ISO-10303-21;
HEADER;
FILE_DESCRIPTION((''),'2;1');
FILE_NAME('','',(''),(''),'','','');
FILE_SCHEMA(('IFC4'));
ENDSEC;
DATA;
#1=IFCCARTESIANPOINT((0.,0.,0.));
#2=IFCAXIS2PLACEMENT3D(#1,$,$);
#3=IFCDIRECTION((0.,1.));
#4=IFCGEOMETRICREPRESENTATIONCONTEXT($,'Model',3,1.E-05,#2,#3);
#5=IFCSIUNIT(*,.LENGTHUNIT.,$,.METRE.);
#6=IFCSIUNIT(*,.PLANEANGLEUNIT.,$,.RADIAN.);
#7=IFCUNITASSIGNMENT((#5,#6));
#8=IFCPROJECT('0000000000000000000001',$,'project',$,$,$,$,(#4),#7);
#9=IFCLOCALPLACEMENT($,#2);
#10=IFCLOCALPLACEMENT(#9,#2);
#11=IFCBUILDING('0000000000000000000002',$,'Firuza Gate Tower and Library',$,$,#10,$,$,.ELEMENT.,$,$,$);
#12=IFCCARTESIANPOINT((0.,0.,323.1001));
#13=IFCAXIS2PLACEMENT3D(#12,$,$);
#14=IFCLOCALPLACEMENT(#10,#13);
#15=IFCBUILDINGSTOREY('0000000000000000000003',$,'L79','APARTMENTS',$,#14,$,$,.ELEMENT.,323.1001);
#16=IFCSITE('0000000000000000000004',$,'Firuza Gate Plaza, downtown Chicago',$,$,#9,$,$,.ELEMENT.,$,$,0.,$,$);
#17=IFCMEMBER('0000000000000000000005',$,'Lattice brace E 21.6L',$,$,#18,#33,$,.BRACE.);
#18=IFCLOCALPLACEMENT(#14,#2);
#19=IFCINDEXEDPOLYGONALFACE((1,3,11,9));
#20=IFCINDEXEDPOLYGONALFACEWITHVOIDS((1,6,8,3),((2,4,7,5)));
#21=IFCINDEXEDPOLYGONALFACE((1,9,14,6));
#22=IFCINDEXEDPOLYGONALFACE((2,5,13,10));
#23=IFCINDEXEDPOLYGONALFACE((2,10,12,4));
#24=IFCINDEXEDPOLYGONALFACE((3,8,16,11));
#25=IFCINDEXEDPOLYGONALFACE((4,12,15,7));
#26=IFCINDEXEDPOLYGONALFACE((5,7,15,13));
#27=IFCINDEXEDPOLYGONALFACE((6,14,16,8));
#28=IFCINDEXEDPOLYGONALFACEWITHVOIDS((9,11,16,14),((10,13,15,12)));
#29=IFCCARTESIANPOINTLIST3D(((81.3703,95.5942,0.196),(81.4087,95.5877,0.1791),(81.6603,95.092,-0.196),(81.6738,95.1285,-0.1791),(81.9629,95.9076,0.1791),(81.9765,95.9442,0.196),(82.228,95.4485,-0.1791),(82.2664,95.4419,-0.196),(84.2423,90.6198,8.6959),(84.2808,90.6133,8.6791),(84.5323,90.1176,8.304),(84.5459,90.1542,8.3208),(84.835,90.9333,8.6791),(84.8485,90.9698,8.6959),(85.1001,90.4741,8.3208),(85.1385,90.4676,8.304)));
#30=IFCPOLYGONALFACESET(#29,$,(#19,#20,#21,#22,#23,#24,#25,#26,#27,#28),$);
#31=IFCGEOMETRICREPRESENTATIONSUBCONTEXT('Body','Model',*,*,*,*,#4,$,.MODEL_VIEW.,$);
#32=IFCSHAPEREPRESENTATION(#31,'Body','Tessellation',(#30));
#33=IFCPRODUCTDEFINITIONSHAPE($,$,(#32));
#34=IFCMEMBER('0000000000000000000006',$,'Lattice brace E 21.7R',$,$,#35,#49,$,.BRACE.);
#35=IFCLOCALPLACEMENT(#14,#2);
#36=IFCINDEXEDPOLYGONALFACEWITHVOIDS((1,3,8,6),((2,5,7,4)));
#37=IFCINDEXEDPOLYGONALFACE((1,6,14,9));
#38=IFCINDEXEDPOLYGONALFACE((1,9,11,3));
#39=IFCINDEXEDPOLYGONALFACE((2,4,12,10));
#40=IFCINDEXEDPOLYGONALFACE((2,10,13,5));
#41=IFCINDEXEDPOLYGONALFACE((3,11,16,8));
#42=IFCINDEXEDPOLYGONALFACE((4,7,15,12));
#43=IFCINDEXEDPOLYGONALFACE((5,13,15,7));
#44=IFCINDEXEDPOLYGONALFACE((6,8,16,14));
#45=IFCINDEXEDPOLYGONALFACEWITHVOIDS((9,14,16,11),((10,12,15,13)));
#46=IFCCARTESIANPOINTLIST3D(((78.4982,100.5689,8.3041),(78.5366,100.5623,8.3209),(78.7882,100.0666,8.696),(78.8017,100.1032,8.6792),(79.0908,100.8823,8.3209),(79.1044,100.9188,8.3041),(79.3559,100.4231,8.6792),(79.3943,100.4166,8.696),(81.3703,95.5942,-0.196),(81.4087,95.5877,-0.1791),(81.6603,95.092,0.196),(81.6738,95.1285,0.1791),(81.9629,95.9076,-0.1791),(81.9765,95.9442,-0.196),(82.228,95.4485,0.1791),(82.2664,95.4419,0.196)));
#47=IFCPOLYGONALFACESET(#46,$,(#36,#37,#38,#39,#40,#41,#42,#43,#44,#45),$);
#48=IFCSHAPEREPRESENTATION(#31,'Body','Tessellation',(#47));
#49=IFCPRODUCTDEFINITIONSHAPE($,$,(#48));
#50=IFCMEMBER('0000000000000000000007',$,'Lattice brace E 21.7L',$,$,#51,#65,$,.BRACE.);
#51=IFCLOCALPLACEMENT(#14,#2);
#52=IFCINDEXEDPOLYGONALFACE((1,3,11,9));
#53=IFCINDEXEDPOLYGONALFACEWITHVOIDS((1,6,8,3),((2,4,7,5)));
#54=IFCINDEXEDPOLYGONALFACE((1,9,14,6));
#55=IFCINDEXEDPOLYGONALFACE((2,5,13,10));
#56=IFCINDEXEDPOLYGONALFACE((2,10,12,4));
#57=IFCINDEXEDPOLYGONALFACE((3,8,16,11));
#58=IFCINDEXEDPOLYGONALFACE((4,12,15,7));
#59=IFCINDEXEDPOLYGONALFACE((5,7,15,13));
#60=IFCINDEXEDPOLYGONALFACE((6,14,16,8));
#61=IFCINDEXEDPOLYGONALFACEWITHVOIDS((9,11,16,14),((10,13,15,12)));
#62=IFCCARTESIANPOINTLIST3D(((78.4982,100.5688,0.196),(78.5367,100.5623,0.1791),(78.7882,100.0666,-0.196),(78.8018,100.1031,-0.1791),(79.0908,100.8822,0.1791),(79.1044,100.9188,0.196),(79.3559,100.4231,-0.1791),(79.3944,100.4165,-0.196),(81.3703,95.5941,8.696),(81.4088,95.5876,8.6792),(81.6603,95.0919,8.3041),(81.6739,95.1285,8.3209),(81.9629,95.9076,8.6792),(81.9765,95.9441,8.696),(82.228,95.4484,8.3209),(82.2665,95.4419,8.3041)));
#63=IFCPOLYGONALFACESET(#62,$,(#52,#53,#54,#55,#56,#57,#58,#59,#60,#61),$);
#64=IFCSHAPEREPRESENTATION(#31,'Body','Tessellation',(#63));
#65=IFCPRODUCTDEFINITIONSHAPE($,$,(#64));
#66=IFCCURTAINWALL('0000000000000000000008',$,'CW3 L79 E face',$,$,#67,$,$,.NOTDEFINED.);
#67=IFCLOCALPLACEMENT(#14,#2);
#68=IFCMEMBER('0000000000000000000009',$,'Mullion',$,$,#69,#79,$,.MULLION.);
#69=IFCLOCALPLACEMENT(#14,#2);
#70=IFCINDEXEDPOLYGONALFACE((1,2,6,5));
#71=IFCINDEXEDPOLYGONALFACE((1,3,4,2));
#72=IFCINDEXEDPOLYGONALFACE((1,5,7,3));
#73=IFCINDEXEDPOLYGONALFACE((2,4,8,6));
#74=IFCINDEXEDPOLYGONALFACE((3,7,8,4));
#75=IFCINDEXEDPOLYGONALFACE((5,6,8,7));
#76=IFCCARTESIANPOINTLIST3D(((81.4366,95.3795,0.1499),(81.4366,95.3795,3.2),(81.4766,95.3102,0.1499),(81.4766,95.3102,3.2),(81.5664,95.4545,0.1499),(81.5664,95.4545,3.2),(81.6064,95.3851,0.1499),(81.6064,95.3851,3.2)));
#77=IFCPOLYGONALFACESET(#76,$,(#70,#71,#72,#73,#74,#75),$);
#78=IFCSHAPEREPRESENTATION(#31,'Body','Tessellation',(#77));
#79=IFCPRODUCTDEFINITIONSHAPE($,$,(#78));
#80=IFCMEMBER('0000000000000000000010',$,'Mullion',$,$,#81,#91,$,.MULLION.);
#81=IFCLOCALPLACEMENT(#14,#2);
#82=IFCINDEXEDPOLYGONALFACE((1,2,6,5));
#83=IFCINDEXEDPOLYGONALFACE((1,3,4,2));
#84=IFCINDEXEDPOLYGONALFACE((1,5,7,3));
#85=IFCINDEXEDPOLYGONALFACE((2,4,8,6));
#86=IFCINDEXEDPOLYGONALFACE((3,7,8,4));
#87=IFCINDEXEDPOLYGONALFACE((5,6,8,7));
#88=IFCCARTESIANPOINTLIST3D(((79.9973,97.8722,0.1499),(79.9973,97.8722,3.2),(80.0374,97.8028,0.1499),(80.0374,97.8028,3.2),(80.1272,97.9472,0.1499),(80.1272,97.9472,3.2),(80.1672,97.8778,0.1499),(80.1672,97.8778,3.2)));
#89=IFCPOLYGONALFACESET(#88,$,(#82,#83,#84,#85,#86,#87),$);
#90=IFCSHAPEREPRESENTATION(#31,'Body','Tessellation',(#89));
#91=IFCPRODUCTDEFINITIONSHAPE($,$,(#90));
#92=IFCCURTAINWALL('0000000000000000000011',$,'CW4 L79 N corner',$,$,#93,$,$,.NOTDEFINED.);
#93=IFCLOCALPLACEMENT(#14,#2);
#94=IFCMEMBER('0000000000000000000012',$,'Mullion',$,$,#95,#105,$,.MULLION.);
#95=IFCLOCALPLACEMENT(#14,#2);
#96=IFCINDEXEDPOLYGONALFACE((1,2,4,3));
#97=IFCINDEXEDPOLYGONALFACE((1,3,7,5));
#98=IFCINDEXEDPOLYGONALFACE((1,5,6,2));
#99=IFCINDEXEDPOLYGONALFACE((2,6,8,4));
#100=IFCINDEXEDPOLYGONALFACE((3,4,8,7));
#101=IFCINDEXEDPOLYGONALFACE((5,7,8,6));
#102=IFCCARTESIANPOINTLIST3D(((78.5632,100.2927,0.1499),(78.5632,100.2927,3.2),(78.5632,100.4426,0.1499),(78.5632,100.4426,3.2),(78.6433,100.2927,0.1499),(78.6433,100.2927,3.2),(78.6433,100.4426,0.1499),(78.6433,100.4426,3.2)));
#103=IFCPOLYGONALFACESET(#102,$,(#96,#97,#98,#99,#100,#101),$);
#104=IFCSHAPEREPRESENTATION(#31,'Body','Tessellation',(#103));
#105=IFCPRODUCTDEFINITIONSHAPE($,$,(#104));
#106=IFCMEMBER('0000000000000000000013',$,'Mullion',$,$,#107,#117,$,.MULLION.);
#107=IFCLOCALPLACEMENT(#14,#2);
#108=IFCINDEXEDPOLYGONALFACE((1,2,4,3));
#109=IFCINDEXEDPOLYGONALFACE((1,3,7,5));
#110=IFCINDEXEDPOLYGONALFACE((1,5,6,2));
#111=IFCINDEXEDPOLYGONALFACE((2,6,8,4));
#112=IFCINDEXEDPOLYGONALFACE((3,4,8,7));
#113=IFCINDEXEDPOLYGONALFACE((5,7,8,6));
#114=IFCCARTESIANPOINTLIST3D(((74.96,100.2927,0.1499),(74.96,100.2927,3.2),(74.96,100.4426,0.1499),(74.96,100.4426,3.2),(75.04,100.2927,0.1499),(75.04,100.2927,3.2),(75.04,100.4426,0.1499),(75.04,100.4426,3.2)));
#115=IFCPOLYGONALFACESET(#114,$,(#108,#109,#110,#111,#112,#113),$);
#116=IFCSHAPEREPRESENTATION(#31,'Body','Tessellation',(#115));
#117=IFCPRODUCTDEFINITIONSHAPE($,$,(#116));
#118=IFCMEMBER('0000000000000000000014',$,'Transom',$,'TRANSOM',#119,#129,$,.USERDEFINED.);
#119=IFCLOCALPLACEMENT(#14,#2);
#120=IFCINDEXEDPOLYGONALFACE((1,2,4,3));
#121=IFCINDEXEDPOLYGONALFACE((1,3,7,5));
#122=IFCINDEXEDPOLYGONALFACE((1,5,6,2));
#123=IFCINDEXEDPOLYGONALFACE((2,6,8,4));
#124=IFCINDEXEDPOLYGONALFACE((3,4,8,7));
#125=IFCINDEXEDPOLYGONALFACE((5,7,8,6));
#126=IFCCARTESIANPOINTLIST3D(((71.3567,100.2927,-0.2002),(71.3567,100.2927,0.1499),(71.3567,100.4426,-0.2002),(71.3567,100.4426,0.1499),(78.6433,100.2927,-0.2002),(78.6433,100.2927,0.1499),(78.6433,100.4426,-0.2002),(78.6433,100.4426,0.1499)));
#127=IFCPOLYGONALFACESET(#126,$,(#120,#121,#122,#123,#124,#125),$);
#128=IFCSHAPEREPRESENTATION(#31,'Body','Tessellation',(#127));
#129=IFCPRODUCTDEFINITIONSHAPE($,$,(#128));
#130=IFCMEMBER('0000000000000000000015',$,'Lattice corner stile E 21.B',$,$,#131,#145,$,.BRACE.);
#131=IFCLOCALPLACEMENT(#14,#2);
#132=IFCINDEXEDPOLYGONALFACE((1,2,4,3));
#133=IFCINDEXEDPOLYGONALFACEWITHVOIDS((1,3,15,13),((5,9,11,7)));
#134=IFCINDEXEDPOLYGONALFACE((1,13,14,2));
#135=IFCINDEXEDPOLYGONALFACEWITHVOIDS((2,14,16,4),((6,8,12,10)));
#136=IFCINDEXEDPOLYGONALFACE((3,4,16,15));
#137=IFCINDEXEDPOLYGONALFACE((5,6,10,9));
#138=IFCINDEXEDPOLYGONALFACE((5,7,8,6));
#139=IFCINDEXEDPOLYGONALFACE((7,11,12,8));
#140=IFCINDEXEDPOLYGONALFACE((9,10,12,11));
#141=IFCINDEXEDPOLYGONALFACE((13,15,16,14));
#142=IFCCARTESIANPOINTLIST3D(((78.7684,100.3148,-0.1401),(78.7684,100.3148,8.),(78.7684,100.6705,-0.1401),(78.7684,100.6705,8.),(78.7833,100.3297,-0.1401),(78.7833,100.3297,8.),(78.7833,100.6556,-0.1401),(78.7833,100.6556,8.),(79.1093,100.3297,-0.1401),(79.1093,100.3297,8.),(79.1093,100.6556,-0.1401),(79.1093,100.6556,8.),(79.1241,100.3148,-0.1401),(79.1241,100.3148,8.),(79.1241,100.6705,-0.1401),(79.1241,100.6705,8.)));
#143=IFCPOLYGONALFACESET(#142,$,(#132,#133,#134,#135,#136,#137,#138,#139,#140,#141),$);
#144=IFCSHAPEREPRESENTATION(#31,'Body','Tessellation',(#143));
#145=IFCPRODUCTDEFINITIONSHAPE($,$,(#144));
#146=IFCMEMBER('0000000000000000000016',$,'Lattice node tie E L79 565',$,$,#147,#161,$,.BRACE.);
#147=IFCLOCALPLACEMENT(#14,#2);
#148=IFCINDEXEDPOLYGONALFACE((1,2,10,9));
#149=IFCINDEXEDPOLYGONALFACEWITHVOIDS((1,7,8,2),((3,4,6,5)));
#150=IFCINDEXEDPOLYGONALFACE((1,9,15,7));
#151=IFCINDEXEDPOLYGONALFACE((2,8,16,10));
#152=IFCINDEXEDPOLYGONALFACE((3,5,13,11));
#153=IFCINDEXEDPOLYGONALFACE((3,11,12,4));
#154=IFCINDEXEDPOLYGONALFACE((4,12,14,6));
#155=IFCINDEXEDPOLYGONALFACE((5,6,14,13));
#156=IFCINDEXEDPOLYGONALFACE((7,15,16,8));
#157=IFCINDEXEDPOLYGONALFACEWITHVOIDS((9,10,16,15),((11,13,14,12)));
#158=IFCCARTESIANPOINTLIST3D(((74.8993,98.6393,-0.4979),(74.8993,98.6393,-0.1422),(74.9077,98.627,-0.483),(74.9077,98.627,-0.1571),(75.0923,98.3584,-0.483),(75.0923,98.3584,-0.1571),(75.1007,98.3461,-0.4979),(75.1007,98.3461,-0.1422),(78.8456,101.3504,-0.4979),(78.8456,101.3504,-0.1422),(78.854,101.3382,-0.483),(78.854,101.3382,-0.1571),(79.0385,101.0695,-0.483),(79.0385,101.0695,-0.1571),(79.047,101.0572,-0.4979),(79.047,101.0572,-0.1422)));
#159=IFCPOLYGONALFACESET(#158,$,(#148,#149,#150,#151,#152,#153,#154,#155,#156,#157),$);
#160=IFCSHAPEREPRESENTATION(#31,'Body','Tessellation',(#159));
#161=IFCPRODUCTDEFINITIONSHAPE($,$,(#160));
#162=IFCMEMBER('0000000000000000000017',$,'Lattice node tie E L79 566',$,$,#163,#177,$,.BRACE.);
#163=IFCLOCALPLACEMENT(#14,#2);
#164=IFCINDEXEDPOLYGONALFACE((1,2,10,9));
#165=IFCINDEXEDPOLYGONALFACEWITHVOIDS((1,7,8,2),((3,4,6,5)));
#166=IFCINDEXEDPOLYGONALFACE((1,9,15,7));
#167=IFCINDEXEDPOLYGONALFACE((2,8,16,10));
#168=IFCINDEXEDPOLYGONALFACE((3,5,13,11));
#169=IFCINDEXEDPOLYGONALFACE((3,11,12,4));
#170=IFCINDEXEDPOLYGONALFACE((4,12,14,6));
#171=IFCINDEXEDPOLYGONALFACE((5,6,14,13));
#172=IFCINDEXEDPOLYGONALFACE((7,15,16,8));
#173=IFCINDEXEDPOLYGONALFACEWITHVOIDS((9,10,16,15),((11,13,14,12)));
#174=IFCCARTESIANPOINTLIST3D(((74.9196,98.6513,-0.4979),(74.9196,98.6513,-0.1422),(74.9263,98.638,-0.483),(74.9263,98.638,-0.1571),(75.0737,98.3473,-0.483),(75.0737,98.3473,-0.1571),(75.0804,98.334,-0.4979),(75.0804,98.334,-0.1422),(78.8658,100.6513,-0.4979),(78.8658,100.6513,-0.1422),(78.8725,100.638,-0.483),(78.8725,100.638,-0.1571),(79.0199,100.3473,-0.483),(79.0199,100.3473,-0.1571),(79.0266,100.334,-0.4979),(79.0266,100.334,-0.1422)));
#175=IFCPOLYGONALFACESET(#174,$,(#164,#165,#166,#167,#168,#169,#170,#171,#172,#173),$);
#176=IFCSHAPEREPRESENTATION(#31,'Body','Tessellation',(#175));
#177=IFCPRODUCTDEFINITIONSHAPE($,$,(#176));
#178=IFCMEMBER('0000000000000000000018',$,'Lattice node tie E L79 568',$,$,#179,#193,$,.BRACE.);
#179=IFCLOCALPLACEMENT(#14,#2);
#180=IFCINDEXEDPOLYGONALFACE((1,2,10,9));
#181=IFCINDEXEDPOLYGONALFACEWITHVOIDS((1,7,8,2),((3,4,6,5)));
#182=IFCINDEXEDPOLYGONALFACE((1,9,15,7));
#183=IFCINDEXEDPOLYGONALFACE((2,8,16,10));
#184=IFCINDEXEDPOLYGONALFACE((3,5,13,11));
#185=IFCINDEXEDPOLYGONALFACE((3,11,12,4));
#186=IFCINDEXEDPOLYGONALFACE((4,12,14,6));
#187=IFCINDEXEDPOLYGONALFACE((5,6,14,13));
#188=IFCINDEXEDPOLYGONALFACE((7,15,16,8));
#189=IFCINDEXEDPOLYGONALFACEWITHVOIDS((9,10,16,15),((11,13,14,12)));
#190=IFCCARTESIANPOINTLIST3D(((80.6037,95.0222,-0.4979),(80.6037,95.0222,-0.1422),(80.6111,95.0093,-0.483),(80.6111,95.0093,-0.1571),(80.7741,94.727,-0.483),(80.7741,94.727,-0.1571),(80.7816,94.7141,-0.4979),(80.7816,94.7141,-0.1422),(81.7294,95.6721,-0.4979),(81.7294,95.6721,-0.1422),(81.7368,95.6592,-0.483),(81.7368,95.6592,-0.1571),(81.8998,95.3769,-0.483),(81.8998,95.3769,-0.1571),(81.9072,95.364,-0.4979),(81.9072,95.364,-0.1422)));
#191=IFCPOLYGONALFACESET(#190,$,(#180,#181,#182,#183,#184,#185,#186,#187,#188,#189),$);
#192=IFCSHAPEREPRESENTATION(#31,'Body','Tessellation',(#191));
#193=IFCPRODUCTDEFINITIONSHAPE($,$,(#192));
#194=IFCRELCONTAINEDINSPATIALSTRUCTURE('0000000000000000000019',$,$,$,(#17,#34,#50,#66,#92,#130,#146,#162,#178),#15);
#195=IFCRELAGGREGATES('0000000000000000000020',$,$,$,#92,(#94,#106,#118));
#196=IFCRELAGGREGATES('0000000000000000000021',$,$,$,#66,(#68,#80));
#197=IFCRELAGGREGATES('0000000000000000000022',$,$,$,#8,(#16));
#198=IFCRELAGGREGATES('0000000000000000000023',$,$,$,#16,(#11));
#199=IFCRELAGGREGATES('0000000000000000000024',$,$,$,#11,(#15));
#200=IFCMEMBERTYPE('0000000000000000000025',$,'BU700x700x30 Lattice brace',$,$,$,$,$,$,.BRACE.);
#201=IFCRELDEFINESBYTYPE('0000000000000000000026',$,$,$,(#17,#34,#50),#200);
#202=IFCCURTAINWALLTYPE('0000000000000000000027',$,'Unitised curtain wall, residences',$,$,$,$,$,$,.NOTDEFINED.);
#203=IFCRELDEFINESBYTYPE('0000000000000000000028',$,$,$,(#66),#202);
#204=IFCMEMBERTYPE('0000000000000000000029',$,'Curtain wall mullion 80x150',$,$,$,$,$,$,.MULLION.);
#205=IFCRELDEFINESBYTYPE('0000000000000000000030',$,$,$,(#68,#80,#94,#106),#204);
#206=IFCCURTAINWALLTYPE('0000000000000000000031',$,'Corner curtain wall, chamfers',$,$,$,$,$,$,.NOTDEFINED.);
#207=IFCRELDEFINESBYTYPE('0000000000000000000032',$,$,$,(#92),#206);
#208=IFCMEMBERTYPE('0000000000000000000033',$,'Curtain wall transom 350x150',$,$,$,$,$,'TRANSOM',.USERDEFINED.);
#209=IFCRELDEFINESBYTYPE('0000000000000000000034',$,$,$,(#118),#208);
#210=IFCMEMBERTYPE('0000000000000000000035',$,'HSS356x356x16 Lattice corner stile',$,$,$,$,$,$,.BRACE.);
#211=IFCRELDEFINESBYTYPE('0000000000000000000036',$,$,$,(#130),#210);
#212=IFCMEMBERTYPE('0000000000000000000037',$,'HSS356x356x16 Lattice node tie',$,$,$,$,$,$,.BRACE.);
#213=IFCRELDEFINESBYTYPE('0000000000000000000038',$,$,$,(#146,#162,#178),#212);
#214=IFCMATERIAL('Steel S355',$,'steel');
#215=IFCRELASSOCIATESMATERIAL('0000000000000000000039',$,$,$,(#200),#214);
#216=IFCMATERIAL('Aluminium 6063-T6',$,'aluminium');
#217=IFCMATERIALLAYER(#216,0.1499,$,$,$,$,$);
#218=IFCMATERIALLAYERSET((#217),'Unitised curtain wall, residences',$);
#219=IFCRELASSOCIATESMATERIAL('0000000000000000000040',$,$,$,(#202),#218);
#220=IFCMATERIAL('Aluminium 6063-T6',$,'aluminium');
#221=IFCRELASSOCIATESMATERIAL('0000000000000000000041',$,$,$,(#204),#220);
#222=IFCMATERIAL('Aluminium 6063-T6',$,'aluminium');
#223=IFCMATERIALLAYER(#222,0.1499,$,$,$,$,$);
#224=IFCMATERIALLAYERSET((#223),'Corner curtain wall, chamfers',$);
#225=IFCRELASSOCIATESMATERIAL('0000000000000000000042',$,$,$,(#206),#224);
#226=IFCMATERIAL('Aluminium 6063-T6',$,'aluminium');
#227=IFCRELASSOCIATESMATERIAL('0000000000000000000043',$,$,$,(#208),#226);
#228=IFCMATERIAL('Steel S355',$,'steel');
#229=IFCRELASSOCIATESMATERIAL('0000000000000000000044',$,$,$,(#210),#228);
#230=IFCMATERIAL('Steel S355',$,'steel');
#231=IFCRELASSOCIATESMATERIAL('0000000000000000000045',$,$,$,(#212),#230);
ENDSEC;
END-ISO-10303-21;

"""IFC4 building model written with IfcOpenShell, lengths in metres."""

from ifc_helpers import new_model, si_unit, direction, frame, origin, origin_2d, place, context, subcontext, project, spatial, rectangle, hollow_rectangle, extrude, material, layer, layer_set, material_profile, profile_set, type_object, element, aggregate, save


model = new_model("IFC4")

# Units and contexts
model_context = context("Model", 3, precision=1e-05, world=origin(), true_north=direction((0.0, 1.0)))
body_context = subcontext(model_context, "Body", "Model", "MODEL_VIEW")
ifc_project = project(units=[si_unit("LENGTHUNIT", "METRE"), si_unit("PLANEANGLEUNIT", "RADIAN")], contexts=[model_context])

# Site, building, storey
site_placement = place(None, origin())
site = spatial("IfcSite", under=ifc_project, at=site_placement, Name="Firuza Gate Plaza, downtown Chicago", CompositionType="ELEMENT", RefElevation=0.0)
building_placement = place(site_placement, origin())
building = spatial("IfcBuilding", under=site, at=building_placement, Name="Firuza Gate Tower and Library", CompositionType="ELEMENT")
storey_placement = place(building_placement, frame((0.0, 0.0, 323.1001)))
storey = spatial("IfcBuildingStorey", under=building, at=storey_placement, Name="L79", Description="APARTMENTS", CompositionType="ELEMENT", Elevation=323.1001)

# Members
ifc_material_1 = material(Name="Steel S355", Category="steel")
ifc_material_profile_1 = material_profile(ifc_material_1, hollow_rectangle(XDim=0.7, YDim=0.7, WallThickness=0.03, at=origin_2d()))
ifc_profile_set_1 = profile_set([ifc_material_profile_1], Name="Steel S355")
member_type_1 = type_object("IfcMemberType", Name="BU700x700x30 Lattice brace", PredefinedType="BRACE", material=ifc_profile_set_1)
member_1_placement = place(storey_placement, frame((81.8184, 95.5181, 0.0), z_axis=(0.279961, -0.484887, 0.828556), x_axis=(0.866016, 0.500016, 0.0)))
element("IfcMember", 1, at=member_1_placement, inside=storey, type_object=member_type_1, Name="Lattice brace E 21.6L", PredefinedType="BRACE", context=body_context, shape_type="SweptSolid", body=[
    extrude(hollow_rectangle(XDim=0.7, YDim=0.7, WallThickness=0.03, at=origin_2d()), origin(), (0.0, 0.0, 1.0), 10.2588),
])
for number, where, z_axis, x_axis, name in (
    (2, (81.8184, 95.5181, 0.0), (-0.279958, 0.484906, 0.828547), (-0.866027, -0.499997, 0.0), "Lattice brace E 21.7R"),
    (3, (78.9463, 100.4927, 0.0), (0.279958, -0.484906, 0.828547), (0.866027, 0.499997, 0.0), "Lattice brace E 21.7L"),
):
    element("IfcMember", number, at=place(storey_placement, frame(where, z_axis=z_axis, x_axis=x_axis)), inside=storey, type_object=member_type_1, Name=name, PredefinedType="BRACE", context=body_context, shape_type="SweptSolid", body=[
        extrude(hollow_rectangle(XDim=0.7, YDim=0.7, WallThickness=0.03, at=origin_2d()), origin(), (0.0, 0.0, 1.0), 10.259),
    ])

# Curtain walls, members
ifc_material_2 = material(Name="Aluminium 6063-T6", Category="aluminium")
ifc_layer_1 = layer(ifc_material_2, 0.1499)
ifc_layer_set_1 = layer_set([ifc_layer_1], Name="Unitised curtain wall, residences")
curtain_wall_type_1 = type_object("IfcCurtainWallType", Name="Unitised curtain wall, residences", PredefinedType="NOTDEFINED", material=ifc_layer_set_1)
placement = place(storey_placement, origin())
curtain_wall_1 = element("IfcCurtainWall", 4, at=placement, inside=storey, type_object=curtain_wall_type_1, Name="CW3 L79 E face", PredefinedType="NOTDEFINED")
ifc_material_3 = material(Name="Aluminium 6063-T6", Category="aluminium")
ifc_material_profile_2 = material_profile(ifc_material_3, rectangle(XDim=0.1499, YDim=0.0801, at=origin_2d()))
ifc_profile_set_2 = profile_set([ifc_material_profile_2], Name="Aluminium 6063-T6")
member_type_2 = type_object("IfcMemberType", Name="Curtain wall mullion 80x150", PredefinedType="MULLION", material=ifc_profile_set_2)
member_2_placement = place(storey_placement, frame((81.5215, 95.3823, 0.1499), z_axis=(0.0, 0.0, 1.0), x_axis=(-0.866025, -0.5, 0.0)))
member_2 = element("IfcMember", 5, at=member_2_placement, type_object=member_type_2, Name="Mullion", PredefinedType="MULLION", context=body_context, shape_type="SweptSolid", body=[
    extrude(rectangle(XDim=0.1499, YDim=0.0801, at=origin_2d()), origin(), (0.0, 0.0, 1.0), 3.05),
])
member_3_placement = place(storey_placement, frame((80.0823, 97.875, 0.1499), z_axis=(0.0, 0.0, 1.0), x_axis=(-0.866025, -0.5, 0.0)))
member_3 = element("IfcMember", 6, at=member_3_placement, type_object=member_type_2, Name="Mullion", PredefinedType="MULLION", context=body_context, shape_type="SweptSolid", body=[
    extrude(rectangle(XDim=0.1499, YDim=0.0801, at=origin_2d()), origin(), (0.0, 0.0, 1.0), 3.05),
])
ifc_material_4 = material(Name="Aluminium 6063-T6", Category="aluminium")
ifc_layer_2 = layer(ifc_material_4, 0.1499)
ifc_layer_set_2 = layer_set([ifc_layer_2], Name="Corner curtain wall, chamfers")
curtain_wall_type_2 = type_object("IfcCurtainWallType", Name="Corner curtain wall, chamfers", PredefinedType="NOTDEFINED", material=ifc_layer_set_2)
curtain_wall_2 = element("IfcCurtainWall", 7, at=placement, inside=storey, type_object=curtain_wall_type_2, Name="CW4 L79 N corner", PredefinedType="NOTDEFINED")
member_4_placement = place(storey_placement, frame((78.6033, 100.3677, 0.1499), z_axis=(0.0, 0.0, 1.0), x_axis=(0.0, -1.0, 0.0)))
member_4 = element("IfcMember", 8, at=member_4_placement, type_object=member_type_2, Name="Mullion", PredefinedType="MULLION", context=body_context, shape_type="SweptSolid", body=[
    extrude(rectangle(XDim=0.1499, YDim=0.0801, at=origin_2d()), origin(), (0.0, 0.0, 1.0), 3.05),
])
member_5_placement = place(storey_placement, frame((75.0, 100.3677, 0.1499), z_axis=(0.0, 0.0, 1.0), x_axis=(0.0, -1.0, 0.0)))
member_5 = element("IfcMember", 9, at=member_5_placement, type_object=member_type_2, Name="Mullion", PredefinedType="MULLION", context=body_context, shape_type="SweptSolid", body=[
    extrude(rectangle(XDim=0.1499, YDim=0.0801, at=origin_2d()), origin(), (0.0, 0.0, 1.0), 3.05),
])
ifc_material_5 = material(Name="Aluminium 6063-T6", Category="aluminium")
ifc_material_profile_3 = material_profile(ifc_material_5, rectangle(XDim=0.1499, YDim=0.3501, at=origin_2d()))
ifc_profile_set_3 = profile_set([ifc_material_profile_3], Name="Aluminium 6063-T6")
member_type_3 = type_object("IfcMemberType", Name="Curtain wall transom 350x150", ElementType="TRANSOM", PredefinedType="USERDEFINED", material=ifc_profile_set_3)
member_6_placement = place(storey_placement, frame((78.6433, 100.3677, -0.0251), z_axis=(-1.0, 0.0, 0.0), x_axis=(0.0, -1.0, 0.0)))
member_6 = element("IfcMember", 10, at=member_6_placement, type_object=member_type_3, Name="Transom", ObjectType="TRANSOM", PredefinedType="USERDEFINED", context=body_context, shape_type="SweptSolid", body=[
    extrude(rectangle(XDim=0.1499, YDim=0.3501, at=origin_2d()), origin(), (0.0, 0.0, 1.0), 7.2866),
])

# Members
ifc_material_6 = material(Name="Steel S355", Category="steel")
ifc_material_profile_4 = material_profile(ifc_material_6, hollow_rectangle(XDim=0.3557, YDim=0.3557, WallThickness=0.0149, at=origin_2d()))
ifc_profile_set_4 = profile_set([ifc_material_profile_4], Name="Steel S355")
member_type_4 = type_object("IfcMemberType", Name="HSS356x356x16 Lattice corner stile", PredefinedType="BRACE", material=ifc_profile_set_4)
member_7_placement = place(storey_placement, frame((78.9463, 100.4927, -0.1401), z_axis=(0.0, 0.0, 1.0), x_axis=(1.0, 0.0, 0.0)))
element("IfcMember", 11, at=member_7_placement, inside=storey, type_object=member_type_4, Name="Lattice corner stile E 21.B", PredefinedType="BRACE", context=body_context, shape_type="SweptSolid", body=[
    extrude(hollow_rectangle(XDim=0.3557, YDim=0.3557, WallThickness=0.0149, at=origin_2d()), origin(), (0.0, 0.0, 1.0), 8.1401),
])
ifc_material_7 = material(Name="Steel S355", Category="steel")
ifc_material_profile_5 = material_profile(ifc_material_7, hollow_rectangle(XDim=0.3557, YDim=0.3557, WallThickness=0.0149, at=origin_2d()))
ifc_profile_set_5 = profile_set([ifc_material_profile_5], Name="Steel S355")
member_type_5 = type_object("IfcMemberType", Name="HSS356x356x16 Lattice node tie", PredefinedType="BRACE", material=ifc_profile_set_5)
member_8_placement = place(storey_placement, frame((75.0, 98.4927, -0.3201), z_axis=(0.824226, 0.56626, 0.0), x_axis=(-0.56626, 0.824226, 0.0)))
element("IfcMember", 12, at=member_8_placement, inside=storey, type_object=member_type_5, Name="Lattice node tie E L79 565", PredefinedType="BRACE", context=body_context, shape_type="SweptSolid", body=[
    extrude(hollow_rectangle(XDim=0.3557, YDim=0.3557, WallThickness=0.0149, at=origin_2d()), origin(), (0.0, 0.0, 1.0), 4.7878),
])
member_9_placement = place(storey_placement, frame((75.0, 98.4927, -0.3201), z_axis=(0.891986, 0.452063, 0.0), x_axis=(-0.452063, 0.891986, 0.0)))
element("IfcMember", 13, at=member_9_placement, inside=storey, type_object=member_type_5, Name="Lattice node tie E L79 566", PredefinedType="BRACE", context=body_context, shape_type="SweptSolid", body=[
    extrude(hollow_rectangle(XDim=0.3557, YDim=0.3557, WallThickness=0.0149, at=origin_2d()), origin(), (0.0, 0.0, 1.0), 4.4241),
])
member_10_placement = place(storey_placement, frame((80.6926, 94.8682, -0.3201), z_axis=(0.866039, 0.499977, 0.0), x_axis=(-0.499977, 0.866039, 0.0)))
element("IfcMember", 14, at=member_10_placement, inside=storey, type_object=member_type_5, Name="Lattice node tie E L79 568", PredefinedType="BRACE", context=body_context, shape_type="SweptSolid", body=[
    extrude(hollow_rectangle(XDim=0.3557, YDim=0.3557, WallThickness=0.0149, at=origin_2d()), origin(), (0.0, 0.0, 1.0), 1.2998),
])

aggregate(curtain_wall_2, [member_4, member_5, member_6])
aggregate(curtain_wall_1, [member_2, member_3])

save(model, "model.ifc")
